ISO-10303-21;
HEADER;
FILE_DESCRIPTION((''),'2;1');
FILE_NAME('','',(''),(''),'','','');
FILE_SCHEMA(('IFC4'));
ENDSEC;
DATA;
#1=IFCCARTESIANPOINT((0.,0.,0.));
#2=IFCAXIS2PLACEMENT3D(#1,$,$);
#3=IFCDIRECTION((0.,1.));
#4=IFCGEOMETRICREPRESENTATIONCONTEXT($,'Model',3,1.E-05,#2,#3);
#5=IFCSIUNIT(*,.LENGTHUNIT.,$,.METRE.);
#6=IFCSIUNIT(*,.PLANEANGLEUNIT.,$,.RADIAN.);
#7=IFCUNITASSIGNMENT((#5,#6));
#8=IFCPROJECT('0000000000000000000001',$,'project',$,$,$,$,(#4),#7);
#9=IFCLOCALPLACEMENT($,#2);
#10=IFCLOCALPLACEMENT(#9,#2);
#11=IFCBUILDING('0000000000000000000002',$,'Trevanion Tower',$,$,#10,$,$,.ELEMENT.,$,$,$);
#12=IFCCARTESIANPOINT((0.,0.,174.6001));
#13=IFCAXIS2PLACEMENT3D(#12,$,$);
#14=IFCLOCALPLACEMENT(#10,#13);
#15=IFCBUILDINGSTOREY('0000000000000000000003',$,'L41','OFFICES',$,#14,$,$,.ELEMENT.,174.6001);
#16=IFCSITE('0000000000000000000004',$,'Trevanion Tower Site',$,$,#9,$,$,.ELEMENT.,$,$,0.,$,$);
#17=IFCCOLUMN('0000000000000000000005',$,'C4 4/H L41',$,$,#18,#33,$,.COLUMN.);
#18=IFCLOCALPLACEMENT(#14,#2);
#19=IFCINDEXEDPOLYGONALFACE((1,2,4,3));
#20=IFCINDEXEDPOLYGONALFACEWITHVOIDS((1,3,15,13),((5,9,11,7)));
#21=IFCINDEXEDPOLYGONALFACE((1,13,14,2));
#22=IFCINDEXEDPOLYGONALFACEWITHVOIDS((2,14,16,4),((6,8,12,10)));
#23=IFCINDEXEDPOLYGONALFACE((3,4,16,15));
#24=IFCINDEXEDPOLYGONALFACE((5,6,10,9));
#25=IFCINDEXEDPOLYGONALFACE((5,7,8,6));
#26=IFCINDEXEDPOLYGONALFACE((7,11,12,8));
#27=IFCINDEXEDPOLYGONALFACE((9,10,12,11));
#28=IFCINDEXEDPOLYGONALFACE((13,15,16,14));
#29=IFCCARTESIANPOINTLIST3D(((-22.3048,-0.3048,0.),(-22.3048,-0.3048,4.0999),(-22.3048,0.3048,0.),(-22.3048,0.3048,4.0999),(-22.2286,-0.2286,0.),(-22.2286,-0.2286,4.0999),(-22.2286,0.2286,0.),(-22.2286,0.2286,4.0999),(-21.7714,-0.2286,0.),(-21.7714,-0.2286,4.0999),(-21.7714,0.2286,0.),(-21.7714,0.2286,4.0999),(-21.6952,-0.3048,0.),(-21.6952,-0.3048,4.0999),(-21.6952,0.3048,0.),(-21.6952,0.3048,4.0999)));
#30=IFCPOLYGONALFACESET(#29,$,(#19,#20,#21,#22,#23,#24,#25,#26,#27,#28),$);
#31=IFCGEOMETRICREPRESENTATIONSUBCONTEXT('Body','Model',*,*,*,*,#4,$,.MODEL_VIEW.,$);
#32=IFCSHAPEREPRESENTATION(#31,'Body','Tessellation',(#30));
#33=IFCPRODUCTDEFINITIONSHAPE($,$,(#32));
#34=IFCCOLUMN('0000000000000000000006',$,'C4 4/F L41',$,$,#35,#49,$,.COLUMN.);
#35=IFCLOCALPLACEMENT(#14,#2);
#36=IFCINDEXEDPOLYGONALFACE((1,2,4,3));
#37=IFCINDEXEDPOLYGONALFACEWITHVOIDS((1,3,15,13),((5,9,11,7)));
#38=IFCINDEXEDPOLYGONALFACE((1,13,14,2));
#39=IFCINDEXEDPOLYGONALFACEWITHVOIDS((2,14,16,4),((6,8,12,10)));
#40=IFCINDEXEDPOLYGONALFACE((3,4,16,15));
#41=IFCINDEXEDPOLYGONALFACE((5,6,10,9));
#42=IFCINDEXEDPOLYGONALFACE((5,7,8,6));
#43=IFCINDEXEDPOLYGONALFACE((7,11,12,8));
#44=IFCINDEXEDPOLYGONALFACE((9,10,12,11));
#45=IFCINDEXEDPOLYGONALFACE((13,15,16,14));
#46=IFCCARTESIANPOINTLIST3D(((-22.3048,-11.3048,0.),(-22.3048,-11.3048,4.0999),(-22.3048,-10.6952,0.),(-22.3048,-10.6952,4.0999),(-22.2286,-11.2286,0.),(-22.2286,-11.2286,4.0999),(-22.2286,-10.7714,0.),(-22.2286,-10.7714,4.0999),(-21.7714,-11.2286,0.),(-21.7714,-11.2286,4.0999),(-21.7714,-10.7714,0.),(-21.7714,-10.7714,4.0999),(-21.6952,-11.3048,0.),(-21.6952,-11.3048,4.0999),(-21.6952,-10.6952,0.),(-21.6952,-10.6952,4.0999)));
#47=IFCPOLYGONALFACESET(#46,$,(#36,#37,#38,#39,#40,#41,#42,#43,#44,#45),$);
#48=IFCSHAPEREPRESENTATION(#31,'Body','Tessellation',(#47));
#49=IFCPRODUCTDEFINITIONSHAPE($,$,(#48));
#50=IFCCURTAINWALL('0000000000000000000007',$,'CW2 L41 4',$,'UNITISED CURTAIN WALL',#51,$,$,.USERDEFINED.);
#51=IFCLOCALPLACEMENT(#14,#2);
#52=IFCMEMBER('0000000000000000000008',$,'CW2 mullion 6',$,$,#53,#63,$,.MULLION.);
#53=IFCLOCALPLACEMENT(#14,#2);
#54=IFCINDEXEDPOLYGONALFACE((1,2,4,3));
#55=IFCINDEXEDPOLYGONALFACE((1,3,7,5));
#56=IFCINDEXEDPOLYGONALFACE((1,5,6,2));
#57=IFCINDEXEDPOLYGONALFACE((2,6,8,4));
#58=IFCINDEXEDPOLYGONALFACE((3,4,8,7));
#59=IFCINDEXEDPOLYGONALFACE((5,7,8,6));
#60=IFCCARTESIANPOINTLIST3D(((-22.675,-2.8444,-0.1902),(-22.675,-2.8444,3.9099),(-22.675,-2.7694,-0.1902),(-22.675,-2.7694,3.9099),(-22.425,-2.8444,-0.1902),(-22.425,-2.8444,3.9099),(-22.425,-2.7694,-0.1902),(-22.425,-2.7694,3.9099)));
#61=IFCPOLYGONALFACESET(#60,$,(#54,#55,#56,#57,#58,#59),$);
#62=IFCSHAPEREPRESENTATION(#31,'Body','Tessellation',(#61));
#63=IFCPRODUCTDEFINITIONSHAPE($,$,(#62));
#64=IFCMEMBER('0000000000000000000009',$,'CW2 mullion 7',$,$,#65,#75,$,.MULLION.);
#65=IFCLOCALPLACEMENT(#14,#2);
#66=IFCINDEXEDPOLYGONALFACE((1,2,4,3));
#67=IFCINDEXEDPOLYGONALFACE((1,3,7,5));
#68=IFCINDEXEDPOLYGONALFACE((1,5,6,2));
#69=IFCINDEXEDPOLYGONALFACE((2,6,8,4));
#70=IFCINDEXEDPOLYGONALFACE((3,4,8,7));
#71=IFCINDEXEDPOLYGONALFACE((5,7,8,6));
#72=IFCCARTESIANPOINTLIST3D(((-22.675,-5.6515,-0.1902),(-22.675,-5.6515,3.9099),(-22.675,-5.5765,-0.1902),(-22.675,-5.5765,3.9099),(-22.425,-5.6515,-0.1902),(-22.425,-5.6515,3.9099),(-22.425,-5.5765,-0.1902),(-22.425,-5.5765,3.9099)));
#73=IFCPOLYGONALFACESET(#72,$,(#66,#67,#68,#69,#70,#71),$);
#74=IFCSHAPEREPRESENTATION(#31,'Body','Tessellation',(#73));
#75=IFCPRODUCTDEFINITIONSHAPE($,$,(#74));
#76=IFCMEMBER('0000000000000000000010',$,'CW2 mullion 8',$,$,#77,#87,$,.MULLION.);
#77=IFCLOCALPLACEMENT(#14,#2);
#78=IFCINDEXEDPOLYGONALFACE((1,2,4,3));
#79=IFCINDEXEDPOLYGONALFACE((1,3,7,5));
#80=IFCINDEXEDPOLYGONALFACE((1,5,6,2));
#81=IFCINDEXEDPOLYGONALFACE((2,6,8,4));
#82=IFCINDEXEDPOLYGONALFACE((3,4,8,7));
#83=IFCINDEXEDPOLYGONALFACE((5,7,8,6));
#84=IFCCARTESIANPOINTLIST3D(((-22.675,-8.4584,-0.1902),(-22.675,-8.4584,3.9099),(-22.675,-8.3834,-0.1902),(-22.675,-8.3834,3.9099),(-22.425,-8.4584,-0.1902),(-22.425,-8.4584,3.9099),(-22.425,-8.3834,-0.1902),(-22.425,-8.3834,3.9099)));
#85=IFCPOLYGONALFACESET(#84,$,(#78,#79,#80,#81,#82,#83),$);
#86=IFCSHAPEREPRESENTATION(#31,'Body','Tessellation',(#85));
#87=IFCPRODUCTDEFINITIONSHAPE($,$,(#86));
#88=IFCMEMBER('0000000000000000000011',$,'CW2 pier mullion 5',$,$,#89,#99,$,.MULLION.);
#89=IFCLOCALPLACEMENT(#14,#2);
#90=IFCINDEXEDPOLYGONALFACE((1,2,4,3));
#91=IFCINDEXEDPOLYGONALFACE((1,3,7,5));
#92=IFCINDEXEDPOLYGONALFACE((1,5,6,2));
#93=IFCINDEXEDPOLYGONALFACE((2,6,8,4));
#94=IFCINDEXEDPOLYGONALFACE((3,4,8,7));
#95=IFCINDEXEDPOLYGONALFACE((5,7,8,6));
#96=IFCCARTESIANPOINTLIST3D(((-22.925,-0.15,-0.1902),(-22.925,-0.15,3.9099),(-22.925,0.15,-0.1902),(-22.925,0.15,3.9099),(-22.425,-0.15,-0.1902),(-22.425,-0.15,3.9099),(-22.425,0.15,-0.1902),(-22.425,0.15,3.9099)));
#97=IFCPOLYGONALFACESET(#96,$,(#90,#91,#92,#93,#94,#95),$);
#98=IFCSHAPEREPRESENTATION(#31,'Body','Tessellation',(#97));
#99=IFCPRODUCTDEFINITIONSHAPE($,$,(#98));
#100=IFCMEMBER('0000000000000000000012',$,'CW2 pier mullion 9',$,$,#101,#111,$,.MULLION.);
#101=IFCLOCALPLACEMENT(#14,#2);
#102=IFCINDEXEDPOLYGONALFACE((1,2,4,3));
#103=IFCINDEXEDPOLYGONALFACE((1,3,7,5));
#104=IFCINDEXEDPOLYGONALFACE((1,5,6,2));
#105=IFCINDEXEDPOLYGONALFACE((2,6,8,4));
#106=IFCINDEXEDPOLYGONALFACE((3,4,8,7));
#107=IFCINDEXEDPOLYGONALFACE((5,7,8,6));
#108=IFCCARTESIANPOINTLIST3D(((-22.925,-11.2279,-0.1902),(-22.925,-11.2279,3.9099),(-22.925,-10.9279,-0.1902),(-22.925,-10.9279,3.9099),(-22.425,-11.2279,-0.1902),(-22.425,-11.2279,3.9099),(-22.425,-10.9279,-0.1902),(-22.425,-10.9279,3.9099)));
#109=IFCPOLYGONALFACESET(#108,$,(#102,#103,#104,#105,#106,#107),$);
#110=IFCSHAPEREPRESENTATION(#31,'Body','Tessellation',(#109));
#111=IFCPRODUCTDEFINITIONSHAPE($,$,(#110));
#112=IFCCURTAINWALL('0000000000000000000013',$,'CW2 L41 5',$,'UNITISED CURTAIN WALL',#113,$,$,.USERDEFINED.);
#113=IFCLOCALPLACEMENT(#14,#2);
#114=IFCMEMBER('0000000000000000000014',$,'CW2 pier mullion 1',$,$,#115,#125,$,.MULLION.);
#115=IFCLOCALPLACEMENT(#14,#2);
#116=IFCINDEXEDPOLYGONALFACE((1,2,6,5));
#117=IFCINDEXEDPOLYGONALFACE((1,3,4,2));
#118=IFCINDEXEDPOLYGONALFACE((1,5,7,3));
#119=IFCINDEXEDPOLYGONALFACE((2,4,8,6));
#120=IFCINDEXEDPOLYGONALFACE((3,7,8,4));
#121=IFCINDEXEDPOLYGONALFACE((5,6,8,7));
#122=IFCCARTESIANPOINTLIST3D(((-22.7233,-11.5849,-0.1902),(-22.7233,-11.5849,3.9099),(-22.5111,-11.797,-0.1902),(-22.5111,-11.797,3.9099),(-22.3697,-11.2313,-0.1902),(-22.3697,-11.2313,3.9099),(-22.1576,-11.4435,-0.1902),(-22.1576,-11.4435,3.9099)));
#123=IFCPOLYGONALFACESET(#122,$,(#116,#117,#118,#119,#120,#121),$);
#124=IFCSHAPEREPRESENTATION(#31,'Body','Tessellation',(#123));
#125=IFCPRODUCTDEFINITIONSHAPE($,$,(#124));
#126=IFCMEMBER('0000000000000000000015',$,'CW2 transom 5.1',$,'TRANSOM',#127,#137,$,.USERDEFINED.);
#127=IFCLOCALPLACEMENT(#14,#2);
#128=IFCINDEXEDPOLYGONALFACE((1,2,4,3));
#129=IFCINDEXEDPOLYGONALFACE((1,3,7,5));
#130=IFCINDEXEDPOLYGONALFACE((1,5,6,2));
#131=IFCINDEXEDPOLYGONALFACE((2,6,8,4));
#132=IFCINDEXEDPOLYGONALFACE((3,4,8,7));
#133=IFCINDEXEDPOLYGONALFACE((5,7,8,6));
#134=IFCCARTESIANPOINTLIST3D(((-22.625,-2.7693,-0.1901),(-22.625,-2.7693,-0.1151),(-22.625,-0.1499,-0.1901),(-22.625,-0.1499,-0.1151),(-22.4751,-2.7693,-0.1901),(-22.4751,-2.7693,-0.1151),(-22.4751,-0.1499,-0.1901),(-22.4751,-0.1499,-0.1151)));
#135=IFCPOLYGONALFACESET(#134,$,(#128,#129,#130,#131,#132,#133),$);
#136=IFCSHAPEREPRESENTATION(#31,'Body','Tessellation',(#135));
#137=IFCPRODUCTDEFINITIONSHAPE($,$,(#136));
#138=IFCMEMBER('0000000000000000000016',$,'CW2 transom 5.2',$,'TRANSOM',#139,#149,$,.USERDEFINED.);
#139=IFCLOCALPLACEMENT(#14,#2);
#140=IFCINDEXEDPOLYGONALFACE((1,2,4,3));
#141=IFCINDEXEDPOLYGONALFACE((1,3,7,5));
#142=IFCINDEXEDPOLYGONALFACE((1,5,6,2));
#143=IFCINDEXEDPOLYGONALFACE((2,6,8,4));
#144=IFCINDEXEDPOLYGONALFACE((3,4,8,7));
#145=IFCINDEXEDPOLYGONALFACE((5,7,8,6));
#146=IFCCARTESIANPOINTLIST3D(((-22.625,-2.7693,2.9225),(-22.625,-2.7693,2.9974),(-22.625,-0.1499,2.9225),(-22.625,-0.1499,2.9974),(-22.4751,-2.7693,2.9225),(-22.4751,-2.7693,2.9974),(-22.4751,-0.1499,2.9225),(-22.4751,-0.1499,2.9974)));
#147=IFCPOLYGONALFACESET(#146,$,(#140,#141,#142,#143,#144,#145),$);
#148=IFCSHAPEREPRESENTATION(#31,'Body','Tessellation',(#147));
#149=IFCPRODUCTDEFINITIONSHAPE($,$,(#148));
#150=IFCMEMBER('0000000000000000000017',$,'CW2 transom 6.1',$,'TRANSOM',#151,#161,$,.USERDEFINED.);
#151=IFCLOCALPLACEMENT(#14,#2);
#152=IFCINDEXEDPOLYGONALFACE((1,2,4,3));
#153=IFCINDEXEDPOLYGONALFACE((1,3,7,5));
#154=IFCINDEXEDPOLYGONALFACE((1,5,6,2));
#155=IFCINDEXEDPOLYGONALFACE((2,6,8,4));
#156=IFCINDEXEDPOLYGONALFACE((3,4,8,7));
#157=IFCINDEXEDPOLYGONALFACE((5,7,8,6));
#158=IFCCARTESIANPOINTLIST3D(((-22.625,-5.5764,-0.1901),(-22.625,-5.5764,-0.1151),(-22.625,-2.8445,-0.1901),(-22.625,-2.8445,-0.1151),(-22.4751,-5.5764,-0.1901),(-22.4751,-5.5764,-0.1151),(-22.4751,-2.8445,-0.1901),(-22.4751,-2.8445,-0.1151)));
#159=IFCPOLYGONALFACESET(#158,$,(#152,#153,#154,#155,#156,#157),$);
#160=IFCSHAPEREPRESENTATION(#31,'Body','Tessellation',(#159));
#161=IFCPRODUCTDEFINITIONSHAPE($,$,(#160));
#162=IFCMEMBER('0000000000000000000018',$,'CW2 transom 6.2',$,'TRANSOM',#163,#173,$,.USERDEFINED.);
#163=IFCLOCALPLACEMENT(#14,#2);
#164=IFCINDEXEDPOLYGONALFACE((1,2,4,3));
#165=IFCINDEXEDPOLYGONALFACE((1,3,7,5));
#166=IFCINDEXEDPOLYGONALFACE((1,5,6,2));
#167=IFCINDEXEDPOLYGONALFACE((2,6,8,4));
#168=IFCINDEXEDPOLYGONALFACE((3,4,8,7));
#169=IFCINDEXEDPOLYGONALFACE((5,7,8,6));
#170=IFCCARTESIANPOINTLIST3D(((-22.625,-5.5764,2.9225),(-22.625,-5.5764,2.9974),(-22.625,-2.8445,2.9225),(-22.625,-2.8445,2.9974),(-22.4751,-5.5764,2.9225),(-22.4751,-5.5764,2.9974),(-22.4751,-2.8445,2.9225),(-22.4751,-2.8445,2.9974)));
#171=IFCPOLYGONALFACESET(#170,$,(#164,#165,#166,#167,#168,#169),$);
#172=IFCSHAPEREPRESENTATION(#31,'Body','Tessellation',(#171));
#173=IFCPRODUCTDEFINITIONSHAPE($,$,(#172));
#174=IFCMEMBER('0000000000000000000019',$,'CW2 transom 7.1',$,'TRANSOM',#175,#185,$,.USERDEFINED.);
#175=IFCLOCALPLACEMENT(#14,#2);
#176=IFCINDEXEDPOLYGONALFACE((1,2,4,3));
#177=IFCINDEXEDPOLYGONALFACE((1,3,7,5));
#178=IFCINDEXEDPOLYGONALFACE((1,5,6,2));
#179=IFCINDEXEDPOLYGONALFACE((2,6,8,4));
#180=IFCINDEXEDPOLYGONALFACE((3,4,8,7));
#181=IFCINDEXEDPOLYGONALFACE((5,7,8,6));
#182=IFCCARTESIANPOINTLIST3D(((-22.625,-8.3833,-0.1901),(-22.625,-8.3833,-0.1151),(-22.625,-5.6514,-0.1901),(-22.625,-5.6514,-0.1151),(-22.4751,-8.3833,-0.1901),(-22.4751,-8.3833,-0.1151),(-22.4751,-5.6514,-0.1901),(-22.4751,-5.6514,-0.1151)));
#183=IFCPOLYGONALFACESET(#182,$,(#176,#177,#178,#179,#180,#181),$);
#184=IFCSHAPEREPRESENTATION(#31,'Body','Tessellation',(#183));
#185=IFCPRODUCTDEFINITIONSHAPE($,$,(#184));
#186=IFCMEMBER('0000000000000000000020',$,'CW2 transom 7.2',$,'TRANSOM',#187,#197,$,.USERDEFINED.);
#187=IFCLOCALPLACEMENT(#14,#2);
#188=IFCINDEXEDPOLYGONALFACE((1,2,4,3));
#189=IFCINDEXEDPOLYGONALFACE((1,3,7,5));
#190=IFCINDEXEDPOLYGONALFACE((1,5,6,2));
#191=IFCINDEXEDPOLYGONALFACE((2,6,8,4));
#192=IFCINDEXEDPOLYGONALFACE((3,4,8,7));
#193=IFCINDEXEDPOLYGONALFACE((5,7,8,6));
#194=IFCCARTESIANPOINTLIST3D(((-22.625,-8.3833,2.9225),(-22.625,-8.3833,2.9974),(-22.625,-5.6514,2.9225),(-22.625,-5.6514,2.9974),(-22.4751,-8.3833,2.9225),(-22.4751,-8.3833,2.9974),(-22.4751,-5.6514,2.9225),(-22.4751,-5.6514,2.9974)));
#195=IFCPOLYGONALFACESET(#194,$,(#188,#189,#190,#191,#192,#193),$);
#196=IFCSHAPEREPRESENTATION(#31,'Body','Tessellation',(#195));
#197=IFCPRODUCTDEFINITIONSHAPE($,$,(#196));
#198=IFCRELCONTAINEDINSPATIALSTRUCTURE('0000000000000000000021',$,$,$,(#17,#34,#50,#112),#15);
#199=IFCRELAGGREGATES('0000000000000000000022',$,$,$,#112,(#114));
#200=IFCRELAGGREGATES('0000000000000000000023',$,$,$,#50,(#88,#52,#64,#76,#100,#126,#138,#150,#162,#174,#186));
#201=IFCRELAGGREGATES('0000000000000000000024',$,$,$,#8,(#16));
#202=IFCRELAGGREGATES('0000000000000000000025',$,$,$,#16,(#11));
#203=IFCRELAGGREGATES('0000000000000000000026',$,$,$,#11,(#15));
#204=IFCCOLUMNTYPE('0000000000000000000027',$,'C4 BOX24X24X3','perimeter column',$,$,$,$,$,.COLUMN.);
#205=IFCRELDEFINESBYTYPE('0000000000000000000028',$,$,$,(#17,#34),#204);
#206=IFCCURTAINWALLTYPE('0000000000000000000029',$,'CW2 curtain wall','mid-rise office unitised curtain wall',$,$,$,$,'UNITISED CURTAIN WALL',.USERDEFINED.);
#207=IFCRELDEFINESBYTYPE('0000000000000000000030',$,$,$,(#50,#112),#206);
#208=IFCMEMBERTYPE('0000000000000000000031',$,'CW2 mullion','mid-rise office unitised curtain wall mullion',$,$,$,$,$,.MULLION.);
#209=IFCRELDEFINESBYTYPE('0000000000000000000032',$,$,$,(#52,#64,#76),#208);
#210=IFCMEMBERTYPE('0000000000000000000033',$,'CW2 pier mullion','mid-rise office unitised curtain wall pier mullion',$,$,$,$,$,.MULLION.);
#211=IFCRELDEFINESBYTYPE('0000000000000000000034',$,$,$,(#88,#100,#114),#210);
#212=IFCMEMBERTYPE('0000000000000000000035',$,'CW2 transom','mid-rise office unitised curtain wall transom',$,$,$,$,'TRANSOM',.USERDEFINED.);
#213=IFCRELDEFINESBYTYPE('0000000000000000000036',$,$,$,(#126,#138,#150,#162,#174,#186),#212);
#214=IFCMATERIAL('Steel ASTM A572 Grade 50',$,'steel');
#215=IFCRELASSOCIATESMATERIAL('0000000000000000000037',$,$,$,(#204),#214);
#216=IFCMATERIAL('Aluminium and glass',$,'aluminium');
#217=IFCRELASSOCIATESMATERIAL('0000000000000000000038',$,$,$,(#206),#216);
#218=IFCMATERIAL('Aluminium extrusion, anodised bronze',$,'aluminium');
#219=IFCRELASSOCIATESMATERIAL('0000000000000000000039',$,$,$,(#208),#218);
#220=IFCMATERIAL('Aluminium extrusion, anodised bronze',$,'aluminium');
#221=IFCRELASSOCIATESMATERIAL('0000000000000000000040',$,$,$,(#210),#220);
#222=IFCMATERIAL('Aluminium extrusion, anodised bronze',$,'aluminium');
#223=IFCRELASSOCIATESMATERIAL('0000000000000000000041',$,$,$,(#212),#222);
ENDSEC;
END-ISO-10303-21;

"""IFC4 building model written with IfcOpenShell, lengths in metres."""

from ifc_helpers import new_model, si_unit, direction, frame, origin, origin_2d, place, context, subcontext, project, spatial, rectangle, hollow_rectangle, extrude, material, material_profile, profile_set, type_object, element, aggregate, save


model = new_model("IFC4")

# Units and contexts
model_context = context("Model", 3, precision=1e-05, world=origin(), true_north=direction((0.0, 1.0)))
body_context = subcontext(model_context, "Body", "Model", "MODEL_VIEW")
ifc_project = project(units=[si_unit("LENGTHUNIT", "METRE"), si_unit("PLANEANGLEUNIT", "RADIAN")], contexts=[model_context])

# Site, building, storey
site_placement = place(None, origin())
site = spatial("IfcSite", under=ifc_project, at=site_placement, Name="Trevanion Tower Site", CompositionType="ELEMENT", RefElevation=0.0)
building_placement = place(site_placement, origin())
building = spatial("IfcBuilding", under=site, at=building_placement, Name="Trevanion Tower", CompositionType="ELEMENT")
storey_placement = place(building_placement, frame((0.0, 0.0, 174.6001)))
storey = spatial("IfcBuildingStorey", under=building, at=storey_placement, Name="L41", Description="OFFICES", CompositionType="ELEMENT", Elevation=174.6001)

# Columns
ifc_material_1 = material(Name="Steel ASTM A572 Grade 50", Category="steel")
ifc_material_profile_1 = material_profile(ifc_material_1, hollow_rectangle(XDim=0.6096, YDim=0.6096, WallThickness=0.0762, at=origin_2d()), Name="BOX24X24X3")
ifc_profile_set_1 = profile_set([ifc_material_profile_1], Name="Steel ASTM A572 Grade 50")
column_type = type_object("IfcColumnType", Name="C4 BOX24X24X3", Description="perimeter column", PredefinedType="COLUMN", material=ifc_profile_set_1)
for number, where, z_axis, x_axis, name in (
    (1, (-22.0, 0.0, 0.0), (0.0, 0.0, 1.0), (0.0, 1.0, 0.0), "C4 4/H L41"),
    (2, (-22.0, -11.0, 0.0), (0.0, 0.0, 1.0), (0.0, 1.0, 0.0), "C4 4/F L41"),
):
    element("IfcColumn", number, at=place(storey_placement, frame(where, z_axis=z_axis, x_axis=x_axis)), inside=storey, type_object=column_type, Name=name, PredefinedType="COLUMN", context=body_context, shape_type="SweptSolid", body=[
        extrude(hollow_rectangle(XDim=0.6096, YDim=0.6096, WallThickness=0.0762, at=origin_2d()), origin(), (0.0, 0.0, 1.0), 4.0999),
    ])

# Curtain wall, members
ifc_material_2 = material(Name="Aluminium and glass", Category="aluminium")
curtain_wall_type = type_object("IfcCurtainWallType", Name="CW2 curtain wall", Description="mid-rise office unitised curtain wall", ElementType="UNITISED CURTAIN WALL", PredefinedType="USERDEFINED", material=ifc_material_2)
curtain_wall_1_placement = place(storey_placement, origin())
curtain_wall_1 = element("IfcCurtainWall", 3, at=curtain_wall_1_placement, inside=storey, type_object=curtain_wall_type, Name="CW2 L41 4", ObjectType="UNITISED CURTAIN WALL", PredefinedType="USERDEFINED")
ifc_material_3 = material(Name="Aluminium extrusion, anodised bronze", Category="aluminium")
ifc_material_profile_2 = material_profile(ifc_material_3, rectangle(XDim=0.075, YDim=0.25, at=origin_2d()), Name="CW2 mullion")
ifc_profile_set_2 = profile_set([ifc_material_profile_2], Name="Aluminium extrusion, anodised bronze")
member_type_1 = type_object("IfcMemberType", Name="CW2 mullion", Description="mid-rise office unitised curtain wall mullion", PredefinedType="MULLION", material=ifc_profile_set_2)
member_1_placement = place(storey_placement, frame((-22.55, -2.8069, -0.1902), z_axis=(0.0, 0.0, 1.0), x_axis=(0.0, -1.0, 0.0)))
member_1 = element("IfcMember", 4, at=member_1_placement, type_object=member_type_1, Name="CW2 mullion 6", PredefinedType="MULLION", context=body_context, shape_type="SweptSolid", body=[
    extrude(rectangle(XDim=0.075, YDim=0.25, at=origin_2d()), origin(), (0.0, 0.0, 1.0), 4.1001),
])
member_2_placement = place(storey_placement, frame((-22.55, -5.614, -0.1902), z_axis=(0.0, 0.0, 1.0), x_axis=(0.0, -1.0, 0.0)))
member_2 = element("IfcMember", 5, at=member_2_placement, type_object=member_type_1, Name="CW2 mullion 7", PredefinedType="MULLION", context=body_context, shape_type="SweptSolid", body=[
    extrude(rectangle(XDim=0.075, YDim=0.25, at=origin_2d()), origin(), (0.0, 0.0, 1.0), 4.1001),
])
member_3_placement = place(storey_placement, frame((-22.55, -8.4209, -0.1902), z_axis=(0.0, 0.0, 1.0), x_axis=(0.0, -1.0, 0.0)))
member_3 = element("IfcMember", 6, at=member_3_placement, type_object=member_type_1, Name="CW2 mullion 8", PredefinedType="MULLION", context=body_context, shape_type="SweptSolid", body=[
    extrude(rectangle(XDim=0.075, YDim=0.25, at=origin_2d()), origin(), (0.0, 0.0, 1.0), 4.1001),
])
ifc_material_4 = material(Name="Aluminium extrusion, anodised bronze", Category="aluminium")
ifc_material_profile_3 = material_profile(ifc_material_4, rectangle(XDim=0.3, YDim=0.5, at=origin_2d()), Name="CW2 pier mullion")
ifc_profile_set_3 = profile_set([ifc_material_profile_3], Name="Aluminium extrusion, anodised bronze")
member_type_2 = type_object("IfcMemberType", Name="CW2 pier mullion", Description="mid-rise office unitised curtain wall pier mullion", PredefinedType="MULLION", material=ifc_profile_set_3)
member_4_placement = place(storey_placement, frame((-22.675, 0.0, -0.1902), z_axis=(0.0, 0.0, 1.0), x_axis=(0.0, -1.0, 0.0)))
member_4 = element("IfcMember", 7, at=member_4_placement, type_object=member_type_2, Name="CW2 pier mullion 5", PredefinedType="MULLION", context=body_context, shape_type="SweptSolid", body=[
    extrude(rectangle(XDim=0.3, YDim=0.5, at=origin_2d()), origin(), (0.0, 0.0, 1.0), 4.1001),
])
member_5_placement = place(storey_placement, frame((-22.675, -11.0779, -0.1902), z_axis=(0.0, 0.0, 1.0), x_axis=(0.0, -1.0, 0.0)))
member_5 = element("IfcMember", 8, at=member_5_placement, type_object=member_type_2, Name="CW2 pier mullion 9", PredefinedType="MULLION", context=body_context, shape_type="SweptSolid", body=[
    extrude(rectangle(XDim=0.3, YDim=0.5, at=origin_2d()), origin(), (0.0, 0.0, 1.0), 4.1001),
])

# Curtain wall, member
curtain_wall_2_placement = place(storey_placement, origin())
curtain_wall_2 = element("IfcCurtainWall", 9, at=curtain_wall_2_placement, inside=storey, type_object=curtain_wall_type, Name="CW2 L41 5", ObjectType="UNITISED CURTAIN WALL", PredefinedType="USERDEFINED")
member_6_placement = place(storey_placement, frame((-22.4404, -11.5142, -0.1902), z_axis=(0.0, 0.0, 1.0), x_axis=(0.707107, -0.707107, 0.0)))
member_6 = element("IfcMember", 10, at=member_6_placement, type_object=member_type_2, Name="CW2 pier mullion 1", PredefinedType="MULLION", context=body_context, shape_type="SweptSolid", body=[
    extrude(rectangle(XDim=0.3, YDim=0.5, at=origin_2d()), origin(), (0.0, 0.0, 1.0), 4.1001),
])

# Members
ifc_material_5 = material(Name="Aluminium extrusion, anodised bronze", Category="aluminium")
ifc_material_profile_4 = material_profile(ifc_material_5, rectangle(XDim=0.1499, YDim=0.075, at=origin_2d()), Name="CW2 transom")
ifc_profile_set_4 = profile_set([ifc_material_profile_4], Name="Aluminium extrusion, anodised bronze")
member_type_3 = type_object("IfcMemberType", Name="CW2 transom", Description="mid-rise office unitised curtain wall transom", ElementType="TRANSOM", PredefinedType="USERDEFINED", material=ifc_profile_set_4)
member_7_placement = place(storey_placement, frame((-22.55, -0.1499, -0.1526), z_axis=(0.0, -1.0, 0.0), x_axis=(1.0, 0.0, 0.0)))
member_7 = element("IfcMember", 11, at=member_7_placement, type_object=member_type_3, Name="CW2 transom 5.1", ObjectType="TRANSOM", PredefinedType="USERDEFINED", context=body_context, shape_type="SweptSolid", body=[
    extrude(rectangle(XDim=0.1499, YDim=0.075, at=origin_2d()), origin(), (0.0, 0.0, 1.0), 2.6194),
])
member_8_placement = place(storey_placement, frame((-22.55, -0.1499, 2.96), z_axis=(0.0, -1.0, 0.0), x_axis=(1.0, 0.0, 0.0)))
member_8 = element("IfcMember", 12, at=member_8_placement, type_object=member_type_3, Name="CW2 transom 5.2", ObjectType="TRANSOM", PredefinedType="USERDEFINED", context=body_context, shape_type="SweptSolid", body=[
    extrude(rectangle(XDim=0.1499, YDim=0.075, at=origin_2d()), origin(), (0.0, 0.0, 1.0), 2.6194),
])
member_9_placement = place(storey_placement, frame((-22.55, -2.8445, -0.1526), z_axis=(0.0, -1.0, 0.0), x_axis=(1.0, 0.0, 0.0)))
member_9 = element("IfcMember", 13, at=member_9_placement, type_object=member_type_3, Name="CW2 transom 6.1", ObjectType="TRANSOM", PredefinedType="USERDEFINED", context=body_context, shape_type="SweptSolid", body=[
    extrude(rectangle(XDim=0.1499, YDim=0.075, at=origin_2d()), origin(), (0.0, 0.0, 1.0), 2.7319),
])
member_10_placement = place(storey_placement, frame((-22.55, -2.8445, 2.96), z_axis=(0.0, -1.0, 0.0), x_axis=(1.0, 0.0, 0.0)))
member_10 = element("IfcMember", 14, at=member_10_placement, type_object=member_type_3, Name="CW2 transom 6.2", ObjectType="TRANSOM", PredefinedType="USERDEFINED", context=body_context, shape_type="SweptSolid", body=[
    extrude(rectangle(XDim=0.1499, YDim=0.075, at=origin_2d()), origin(), (0.0, 0.0, 1.0), 2.7319),
])
member_11_placement = place(storey_placement, frame((-22.55, -5.6514, -0.1526), z_axis=(0.0, -1.0, 0.0), x_axis=(1.0, 0.0, 0.0)))
member_11 = element("IfcMember", 15, at=member_11_placement, type_object=member_type_3, Name="CW2 transom 7.1", ObjectType="TRANSOM", PredefinedType="USERDEFINED", context=body_context, shape_type="SweptSolid", body=[
    extrude(rectangle(XDim=0.1499, YDim=0.075, at=origin_2d()), origin(), (0.0, 0.0, 1.0), 2.7319),
])
member_12_placement = place(storey_placement, frame((-22.55, -5.6514, 2.96), z_axis=(0.0, -1.0, 0.0), x_axis=(1.0, 0.0, 0.0)))
member_12 = element("IfcMember", 16, at=member_12_placement, type_object=member_type_3, Name="CW2 transom 7.2", ObjectType="TRANSOM", PredefinedType="USERDEFINED", context=body_context, shape_type="SweptSolid", body=[
    extrude(rectangle(XDim=0.1499, YDim=0.075, at=origin_2d()), origin(), (0.0, 0.0, 1.0), 2.7319),
])
aggregate(curtain_wall_2, [member_6])

aggregate(curtain_wall_1, [member_4, member_1, member_2, member_3, member_5, member_7, member_8, member_9, member_10, member_11, member_12])

save(model, "model.ifc")
